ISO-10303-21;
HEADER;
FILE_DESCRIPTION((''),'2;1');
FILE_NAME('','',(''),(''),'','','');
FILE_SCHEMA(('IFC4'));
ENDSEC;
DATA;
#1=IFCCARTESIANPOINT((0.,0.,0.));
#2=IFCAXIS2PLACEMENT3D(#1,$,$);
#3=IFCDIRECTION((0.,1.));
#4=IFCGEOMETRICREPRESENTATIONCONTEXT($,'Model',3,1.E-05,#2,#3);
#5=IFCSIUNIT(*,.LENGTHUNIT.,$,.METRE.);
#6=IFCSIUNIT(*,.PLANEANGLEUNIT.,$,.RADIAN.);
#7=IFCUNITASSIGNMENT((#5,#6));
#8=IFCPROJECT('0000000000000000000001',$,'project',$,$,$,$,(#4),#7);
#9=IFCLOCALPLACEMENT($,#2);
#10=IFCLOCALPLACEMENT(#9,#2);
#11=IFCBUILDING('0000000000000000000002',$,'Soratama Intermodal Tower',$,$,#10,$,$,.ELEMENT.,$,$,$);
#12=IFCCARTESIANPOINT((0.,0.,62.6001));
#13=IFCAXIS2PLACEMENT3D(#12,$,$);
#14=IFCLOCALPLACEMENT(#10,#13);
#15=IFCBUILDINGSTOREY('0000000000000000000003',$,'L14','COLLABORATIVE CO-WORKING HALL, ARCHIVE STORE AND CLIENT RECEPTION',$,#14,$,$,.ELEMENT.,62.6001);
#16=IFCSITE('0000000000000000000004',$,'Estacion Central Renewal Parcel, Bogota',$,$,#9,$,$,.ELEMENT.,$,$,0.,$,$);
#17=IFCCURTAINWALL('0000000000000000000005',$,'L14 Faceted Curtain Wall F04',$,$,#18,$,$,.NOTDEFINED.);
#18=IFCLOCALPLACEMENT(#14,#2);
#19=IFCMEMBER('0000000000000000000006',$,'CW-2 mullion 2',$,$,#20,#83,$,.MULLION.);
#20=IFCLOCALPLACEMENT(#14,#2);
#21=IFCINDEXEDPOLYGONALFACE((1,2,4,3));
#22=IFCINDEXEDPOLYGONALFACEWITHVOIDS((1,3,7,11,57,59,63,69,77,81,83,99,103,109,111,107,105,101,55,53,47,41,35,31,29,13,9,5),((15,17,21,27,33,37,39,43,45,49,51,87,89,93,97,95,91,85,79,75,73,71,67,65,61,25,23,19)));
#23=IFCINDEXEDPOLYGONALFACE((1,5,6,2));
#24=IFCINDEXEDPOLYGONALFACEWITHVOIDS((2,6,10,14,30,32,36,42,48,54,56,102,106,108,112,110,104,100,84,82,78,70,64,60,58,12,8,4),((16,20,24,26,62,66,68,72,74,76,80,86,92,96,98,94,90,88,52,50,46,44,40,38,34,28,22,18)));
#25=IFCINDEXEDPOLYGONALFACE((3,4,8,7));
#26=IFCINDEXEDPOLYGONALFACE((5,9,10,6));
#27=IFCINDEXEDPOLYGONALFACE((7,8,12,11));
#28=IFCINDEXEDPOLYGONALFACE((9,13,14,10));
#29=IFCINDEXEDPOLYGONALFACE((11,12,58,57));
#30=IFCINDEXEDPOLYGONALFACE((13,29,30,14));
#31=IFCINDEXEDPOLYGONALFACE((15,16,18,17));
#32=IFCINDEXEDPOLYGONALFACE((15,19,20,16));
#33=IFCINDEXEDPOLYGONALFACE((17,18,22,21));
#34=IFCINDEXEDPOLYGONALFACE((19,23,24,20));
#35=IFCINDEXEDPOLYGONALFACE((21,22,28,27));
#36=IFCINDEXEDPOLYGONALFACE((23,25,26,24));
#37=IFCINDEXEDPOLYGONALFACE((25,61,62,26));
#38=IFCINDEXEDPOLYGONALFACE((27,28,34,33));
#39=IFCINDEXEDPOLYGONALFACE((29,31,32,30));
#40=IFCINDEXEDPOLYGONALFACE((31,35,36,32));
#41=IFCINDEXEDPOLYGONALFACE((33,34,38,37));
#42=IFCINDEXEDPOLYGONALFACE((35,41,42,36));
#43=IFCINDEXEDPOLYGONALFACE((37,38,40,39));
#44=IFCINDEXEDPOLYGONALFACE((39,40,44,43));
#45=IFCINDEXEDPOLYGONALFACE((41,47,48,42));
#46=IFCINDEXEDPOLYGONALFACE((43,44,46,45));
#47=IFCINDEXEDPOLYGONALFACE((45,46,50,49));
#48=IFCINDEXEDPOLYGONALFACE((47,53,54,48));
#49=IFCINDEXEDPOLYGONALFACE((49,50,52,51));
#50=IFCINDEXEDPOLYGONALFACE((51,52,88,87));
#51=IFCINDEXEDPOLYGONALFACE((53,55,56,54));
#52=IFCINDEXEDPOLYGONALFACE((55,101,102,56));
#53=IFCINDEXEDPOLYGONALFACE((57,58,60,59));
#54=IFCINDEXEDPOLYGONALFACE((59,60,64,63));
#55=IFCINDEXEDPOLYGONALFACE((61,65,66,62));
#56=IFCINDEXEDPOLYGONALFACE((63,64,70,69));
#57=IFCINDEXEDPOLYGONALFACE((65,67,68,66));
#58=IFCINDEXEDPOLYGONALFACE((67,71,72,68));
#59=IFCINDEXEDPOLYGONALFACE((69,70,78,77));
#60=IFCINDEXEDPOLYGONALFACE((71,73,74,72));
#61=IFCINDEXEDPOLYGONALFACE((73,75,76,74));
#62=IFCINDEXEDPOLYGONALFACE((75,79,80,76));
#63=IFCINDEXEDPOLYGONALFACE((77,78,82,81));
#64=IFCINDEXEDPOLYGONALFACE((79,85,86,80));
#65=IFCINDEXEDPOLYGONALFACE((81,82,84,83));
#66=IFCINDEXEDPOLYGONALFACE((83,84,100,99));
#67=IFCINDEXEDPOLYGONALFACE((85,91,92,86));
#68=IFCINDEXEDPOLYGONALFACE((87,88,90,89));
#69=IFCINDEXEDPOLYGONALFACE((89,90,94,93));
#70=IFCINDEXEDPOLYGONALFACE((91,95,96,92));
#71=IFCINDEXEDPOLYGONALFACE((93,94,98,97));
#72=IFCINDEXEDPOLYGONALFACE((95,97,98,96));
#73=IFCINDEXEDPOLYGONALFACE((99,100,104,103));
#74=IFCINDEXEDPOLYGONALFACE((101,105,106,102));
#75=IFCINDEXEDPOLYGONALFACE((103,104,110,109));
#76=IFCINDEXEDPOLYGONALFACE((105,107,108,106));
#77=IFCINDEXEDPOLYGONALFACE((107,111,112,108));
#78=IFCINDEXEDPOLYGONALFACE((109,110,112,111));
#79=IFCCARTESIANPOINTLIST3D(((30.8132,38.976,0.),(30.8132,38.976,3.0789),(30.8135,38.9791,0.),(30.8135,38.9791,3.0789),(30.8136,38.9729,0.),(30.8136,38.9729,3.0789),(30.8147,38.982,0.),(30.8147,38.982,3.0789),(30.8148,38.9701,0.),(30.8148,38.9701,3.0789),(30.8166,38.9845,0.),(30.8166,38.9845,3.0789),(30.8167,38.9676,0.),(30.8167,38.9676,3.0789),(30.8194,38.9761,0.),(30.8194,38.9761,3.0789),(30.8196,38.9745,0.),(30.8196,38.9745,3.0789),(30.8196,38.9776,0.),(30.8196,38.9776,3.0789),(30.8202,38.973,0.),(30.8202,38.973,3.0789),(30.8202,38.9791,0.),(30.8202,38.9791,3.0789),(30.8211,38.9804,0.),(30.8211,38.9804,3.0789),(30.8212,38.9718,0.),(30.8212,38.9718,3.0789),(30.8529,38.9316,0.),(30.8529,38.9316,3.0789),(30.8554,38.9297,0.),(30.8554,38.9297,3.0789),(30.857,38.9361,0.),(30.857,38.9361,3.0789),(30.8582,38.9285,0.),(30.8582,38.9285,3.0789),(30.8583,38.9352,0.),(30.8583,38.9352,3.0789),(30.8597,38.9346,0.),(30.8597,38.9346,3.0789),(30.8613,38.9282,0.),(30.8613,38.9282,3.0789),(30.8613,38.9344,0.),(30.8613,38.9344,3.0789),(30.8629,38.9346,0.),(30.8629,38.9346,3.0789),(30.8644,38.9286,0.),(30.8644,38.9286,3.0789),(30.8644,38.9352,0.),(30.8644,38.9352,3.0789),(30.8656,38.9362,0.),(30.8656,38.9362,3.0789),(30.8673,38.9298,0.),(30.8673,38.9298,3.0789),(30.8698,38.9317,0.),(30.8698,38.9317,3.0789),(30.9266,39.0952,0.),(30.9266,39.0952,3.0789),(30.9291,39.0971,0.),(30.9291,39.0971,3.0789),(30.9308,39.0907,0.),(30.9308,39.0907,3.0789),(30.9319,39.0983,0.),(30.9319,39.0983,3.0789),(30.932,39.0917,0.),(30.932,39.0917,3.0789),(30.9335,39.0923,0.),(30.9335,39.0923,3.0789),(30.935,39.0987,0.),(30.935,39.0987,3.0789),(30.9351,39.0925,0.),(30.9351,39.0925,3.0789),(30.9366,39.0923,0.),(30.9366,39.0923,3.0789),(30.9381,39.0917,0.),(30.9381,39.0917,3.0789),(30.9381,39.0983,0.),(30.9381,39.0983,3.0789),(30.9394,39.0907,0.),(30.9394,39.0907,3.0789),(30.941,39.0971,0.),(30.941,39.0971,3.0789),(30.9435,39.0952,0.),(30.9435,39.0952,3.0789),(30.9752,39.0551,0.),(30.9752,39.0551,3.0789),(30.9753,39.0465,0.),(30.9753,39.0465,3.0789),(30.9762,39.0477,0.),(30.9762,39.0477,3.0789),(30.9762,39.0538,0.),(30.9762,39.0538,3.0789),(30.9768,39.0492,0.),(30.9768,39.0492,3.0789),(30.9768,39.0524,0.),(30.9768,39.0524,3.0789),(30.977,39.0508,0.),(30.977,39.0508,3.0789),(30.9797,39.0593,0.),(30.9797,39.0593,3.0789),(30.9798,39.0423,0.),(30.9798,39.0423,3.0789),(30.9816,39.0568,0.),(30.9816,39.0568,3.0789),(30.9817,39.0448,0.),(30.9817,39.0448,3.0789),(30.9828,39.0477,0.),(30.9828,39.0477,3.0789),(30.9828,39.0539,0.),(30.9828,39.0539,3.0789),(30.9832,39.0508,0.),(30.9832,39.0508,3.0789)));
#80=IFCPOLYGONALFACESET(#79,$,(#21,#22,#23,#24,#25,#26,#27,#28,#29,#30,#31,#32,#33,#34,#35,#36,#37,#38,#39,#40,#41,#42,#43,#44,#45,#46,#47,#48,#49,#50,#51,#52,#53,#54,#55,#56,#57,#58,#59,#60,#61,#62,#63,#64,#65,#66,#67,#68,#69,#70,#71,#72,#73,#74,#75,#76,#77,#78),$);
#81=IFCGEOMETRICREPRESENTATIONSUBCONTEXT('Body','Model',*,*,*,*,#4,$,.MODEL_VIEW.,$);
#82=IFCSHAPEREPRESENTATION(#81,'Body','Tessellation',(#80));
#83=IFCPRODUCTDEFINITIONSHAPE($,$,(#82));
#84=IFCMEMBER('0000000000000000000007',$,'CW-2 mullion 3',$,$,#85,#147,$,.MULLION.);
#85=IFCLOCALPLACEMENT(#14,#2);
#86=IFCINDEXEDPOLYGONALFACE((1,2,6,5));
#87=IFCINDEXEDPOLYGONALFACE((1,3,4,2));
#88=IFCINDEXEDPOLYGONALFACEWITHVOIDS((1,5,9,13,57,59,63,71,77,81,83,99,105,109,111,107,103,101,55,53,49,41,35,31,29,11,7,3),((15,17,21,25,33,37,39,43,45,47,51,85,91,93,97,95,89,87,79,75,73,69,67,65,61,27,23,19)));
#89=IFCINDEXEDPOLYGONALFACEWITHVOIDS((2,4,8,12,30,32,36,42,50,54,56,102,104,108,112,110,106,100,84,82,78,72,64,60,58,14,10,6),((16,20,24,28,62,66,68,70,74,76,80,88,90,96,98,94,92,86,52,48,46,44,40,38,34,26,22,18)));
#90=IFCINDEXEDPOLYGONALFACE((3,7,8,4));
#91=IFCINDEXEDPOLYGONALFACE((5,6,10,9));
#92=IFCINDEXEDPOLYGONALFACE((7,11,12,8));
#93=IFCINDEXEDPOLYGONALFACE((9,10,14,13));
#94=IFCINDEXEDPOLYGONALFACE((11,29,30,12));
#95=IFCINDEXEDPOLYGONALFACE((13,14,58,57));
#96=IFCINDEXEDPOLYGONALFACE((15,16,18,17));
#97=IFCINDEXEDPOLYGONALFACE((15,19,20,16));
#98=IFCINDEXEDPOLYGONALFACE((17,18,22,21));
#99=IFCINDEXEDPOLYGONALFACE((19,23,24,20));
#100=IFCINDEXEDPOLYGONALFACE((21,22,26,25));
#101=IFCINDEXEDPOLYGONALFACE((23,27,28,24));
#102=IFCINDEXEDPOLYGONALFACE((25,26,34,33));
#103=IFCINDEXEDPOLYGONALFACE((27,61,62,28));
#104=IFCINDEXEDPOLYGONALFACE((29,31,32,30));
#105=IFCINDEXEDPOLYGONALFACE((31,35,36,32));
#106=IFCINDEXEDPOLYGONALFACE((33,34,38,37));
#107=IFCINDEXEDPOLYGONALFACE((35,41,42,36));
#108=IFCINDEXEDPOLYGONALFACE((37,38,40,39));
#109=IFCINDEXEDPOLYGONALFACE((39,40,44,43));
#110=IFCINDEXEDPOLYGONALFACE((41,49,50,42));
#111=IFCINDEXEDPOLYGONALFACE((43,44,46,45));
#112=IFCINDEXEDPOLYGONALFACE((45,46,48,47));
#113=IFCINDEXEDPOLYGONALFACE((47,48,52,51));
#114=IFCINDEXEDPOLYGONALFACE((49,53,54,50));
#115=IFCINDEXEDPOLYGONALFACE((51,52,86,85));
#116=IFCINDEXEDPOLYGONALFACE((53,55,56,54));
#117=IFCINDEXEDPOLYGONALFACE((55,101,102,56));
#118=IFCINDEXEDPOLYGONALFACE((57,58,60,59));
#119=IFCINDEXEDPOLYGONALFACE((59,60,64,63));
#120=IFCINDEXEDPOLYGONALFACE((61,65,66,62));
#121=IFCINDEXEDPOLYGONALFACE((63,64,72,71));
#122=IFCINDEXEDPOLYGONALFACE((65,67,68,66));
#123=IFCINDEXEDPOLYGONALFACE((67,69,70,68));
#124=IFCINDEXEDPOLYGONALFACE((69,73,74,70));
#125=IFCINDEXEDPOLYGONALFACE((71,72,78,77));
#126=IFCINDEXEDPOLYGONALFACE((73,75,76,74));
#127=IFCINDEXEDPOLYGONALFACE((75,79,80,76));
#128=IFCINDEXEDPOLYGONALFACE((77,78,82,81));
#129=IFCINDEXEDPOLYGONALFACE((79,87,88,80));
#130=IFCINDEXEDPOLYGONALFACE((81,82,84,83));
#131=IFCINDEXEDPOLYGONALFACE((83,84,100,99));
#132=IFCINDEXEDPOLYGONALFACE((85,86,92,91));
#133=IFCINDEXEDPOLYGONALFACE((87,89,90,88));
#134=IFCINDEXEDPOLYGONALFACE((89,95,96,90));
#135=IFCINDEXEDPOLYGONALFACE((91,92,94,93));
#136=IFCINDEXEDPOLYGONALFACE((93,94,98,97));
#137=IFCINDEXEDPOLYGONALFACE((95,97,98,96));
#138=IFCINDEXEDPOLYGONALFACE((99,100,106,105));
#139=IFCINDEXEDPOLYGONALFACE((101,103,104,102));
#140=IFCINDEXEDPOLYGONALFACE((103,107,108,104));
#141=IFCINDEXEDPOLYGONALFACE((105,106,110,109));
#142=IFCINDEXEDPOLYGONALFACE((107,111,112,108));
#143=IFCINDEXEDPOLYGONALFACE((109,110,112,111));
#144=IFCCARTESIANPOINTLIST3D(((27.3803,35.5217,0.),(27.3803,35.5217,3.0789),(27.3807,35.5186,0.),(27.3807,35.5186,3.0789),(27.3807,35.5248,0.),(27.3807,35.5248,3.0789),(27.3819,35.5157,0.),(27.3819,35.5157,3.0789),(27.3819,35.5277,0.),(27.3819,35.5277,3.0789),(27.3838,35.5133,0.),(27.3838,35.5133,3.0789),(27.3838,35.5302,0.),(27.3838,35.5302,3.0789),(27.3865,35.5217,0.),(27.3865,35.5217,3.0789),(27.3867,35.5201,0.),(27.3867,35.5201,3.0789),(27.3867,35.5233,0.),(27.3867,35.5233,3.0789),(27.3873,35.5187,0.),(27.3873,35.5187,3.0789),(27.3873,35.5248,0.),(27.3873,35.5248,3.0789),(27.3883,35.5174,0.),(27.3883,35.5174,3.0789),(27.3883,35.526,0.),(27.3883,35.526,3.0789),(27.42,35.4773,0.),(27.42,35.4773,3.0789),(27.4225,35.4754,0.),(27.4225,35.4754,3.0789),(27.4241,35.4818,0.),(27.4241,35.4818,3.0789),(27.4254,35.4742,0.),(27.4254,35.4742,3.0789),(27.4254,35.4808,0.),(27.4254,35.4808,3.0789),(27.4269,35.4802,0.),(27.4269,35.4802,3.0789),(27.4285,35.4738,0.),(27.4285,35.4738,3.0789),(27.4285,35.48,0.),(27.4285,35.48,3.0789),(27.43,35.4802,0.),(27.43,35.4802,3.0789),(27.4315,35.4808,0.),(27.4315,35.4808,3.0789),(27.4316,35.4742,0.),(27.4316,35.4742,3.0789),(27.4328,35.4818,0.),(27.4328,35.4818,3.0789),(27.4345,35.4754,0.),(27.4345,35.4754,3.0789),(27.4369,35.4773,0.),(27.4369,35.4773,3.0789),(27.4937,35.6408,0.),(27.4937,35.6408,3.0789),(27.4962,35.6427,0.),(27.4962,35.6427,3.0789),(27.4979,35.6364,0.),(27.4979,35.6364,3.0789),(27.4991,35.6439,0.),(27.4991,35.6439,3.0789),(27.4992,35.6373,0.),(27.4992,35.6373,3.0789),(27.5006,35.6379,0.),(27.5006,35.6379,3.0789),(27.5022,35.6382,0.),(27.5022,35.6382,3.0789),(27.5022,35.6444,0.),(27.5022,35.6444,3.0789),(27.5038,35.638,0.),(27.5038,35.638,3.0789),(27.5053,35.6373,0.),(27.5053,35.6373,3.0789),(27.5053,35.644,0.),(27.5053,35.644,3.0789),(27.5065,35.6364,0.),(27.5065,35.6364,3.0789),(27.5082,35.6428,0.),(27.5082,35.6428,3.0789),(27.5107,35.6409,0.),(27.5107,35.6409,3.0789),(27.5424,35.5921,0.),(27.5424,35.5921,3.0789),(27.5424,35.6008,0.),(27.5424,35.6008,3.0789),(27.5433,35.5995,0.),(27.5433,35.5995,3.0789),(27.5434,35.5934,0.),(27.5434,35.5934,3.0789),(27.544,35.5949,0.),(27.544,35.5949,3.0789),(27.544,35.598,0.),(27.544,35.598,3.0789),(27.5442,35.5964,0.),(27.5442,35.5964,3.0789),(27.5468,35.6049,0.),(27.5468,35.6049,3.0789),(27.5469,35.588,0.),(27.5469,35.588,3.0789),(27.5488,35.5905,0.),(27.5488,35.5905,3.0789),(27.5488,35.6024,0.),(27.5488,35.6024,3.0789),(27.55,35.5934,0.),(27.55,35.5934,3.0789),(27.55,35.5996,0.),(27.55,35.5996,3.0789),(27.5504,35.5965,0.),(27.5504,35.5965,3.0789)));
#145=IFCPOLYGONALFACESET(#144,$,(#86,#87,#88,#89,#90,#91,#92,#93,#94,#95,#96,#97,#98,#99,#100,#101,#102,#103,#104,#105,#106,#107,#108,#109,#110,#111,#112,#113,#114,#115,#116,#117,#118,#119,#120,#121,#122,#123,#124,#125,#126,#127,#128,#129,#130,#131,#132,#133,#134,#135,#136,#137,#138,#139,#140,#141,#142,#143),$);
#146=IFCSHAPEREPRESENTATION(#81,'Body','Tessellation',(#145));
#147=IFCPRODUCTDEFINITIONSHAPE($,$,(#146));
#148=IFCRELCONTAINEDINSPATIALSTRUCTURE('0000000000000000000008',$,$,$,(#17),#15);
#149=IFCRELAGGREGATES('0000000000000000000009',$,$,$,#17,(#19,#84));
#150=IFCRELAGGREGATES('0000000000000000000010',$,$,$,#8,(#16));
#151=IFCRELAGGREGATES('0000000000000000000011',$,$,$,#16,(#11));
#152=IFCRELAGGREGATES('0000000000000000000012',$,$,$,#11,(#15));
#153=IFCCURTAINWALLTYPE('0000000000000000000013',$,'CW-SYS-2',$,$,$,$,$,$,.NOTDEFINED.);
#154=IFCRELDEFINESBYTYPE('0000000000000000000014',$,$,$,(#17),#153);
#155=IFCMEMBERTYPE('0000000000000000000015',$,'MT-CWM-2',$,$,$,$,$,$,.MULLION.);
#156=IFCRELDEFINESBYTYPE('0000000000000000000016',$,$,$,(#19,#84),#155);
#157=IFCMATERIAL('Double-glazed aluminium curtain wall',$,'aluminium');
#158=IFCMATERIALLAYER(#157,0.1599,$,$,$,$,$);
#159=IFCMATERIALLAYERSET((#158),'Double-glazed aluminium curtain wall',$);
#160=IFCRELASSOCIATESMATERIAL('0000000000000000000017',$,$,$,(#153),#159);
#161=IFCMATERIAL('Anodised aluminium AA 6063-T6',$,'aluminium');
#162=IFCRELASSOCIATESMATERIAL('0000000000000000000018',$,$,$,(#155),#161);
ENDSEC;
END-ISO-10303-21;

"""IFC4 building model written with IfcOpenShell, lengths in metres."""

from ifc_helpers import new_model, si_unit, direction, frame, origin, origin_2d, place, context, subcontext, project, spatial, hollow_rectangle, extrude, material, layer, layer_set, material_profile, profile_set, type_object, element, aggregate, save


model = new_model("IFC4")

# Units and contexts
model_context = context("Model", 3, precision=1e-05, world=origin(), true_north=direction((0.0, 1.0)))
body_context = subcontext(model_context, "Body", "Model", "MODEL_VIEW")
ifc_project = project(units=[si_unit("LENGTHUNIT", "METRE"), si_unit("PLANEANGLEUNIT", "RADIAN")], contexts=[model_context])

# Site, building, storey
site_placement = place(None, origin())
site = spatial("IfcSite", under=ifc_project, at=site_placement, Name="Estacion Central Renewal Parcel, Bogota", CompositionType="ELEMENT", RefElevation=0.0)
building_placement = place(site_placement, origin())
building = spatial("IfcBuilding", under=site, at=building_placement, Name="Soratama Intermodal Tower", CompositionType="ELEMENT")
storey_placement = place(building_placement, frame((0.0, 0.0, 62.6001)))
storey = spatial("IfcBuildingStorey", under=building, at=storey_placement, Name="L14", Description="COLLABORATIVE CO-WORKING HALL, ARCHIVE STORE AND CLIENT RECEPTION", CompositionType="ELEMENT", Elevation=62.6001)

# Curtain wall, members
ifc_material_1 = material(Name="Double-glazed aluminium curtain wall", Category="aluminium")
ifc_layer_1 = layer(ifc_material_1, 0.1599)
ifc_layer_set_1 = layer_set([ifc_layer_1], Name="Double-glazed aluminium curtain wall")
curtain_wall_type = type_object("IfcCurtainWallType", Name="CW-SYS-2", PredefinedType="NOTDEFINED", material=ifc_layer_set_1)
curtain_wall_placement = place(storey_placement, origin())
curtain_wall = element("IfcCurtainWall", 1, at=curtain_wall_placement, inside=storey, type_object=curtain_wall_type, Name="L14 Faceted Curtain Wall F04", PredefinedType="NOTDEFINED")
ifc_material_2 = material(Name="Anodised aluminium AA 6063-T6", Category="aluminium")
ifc_material_profile_1 = material_profile(ifc_material_2, hollow_rectangle(XDim=0.075, YDim=0.1799, WallThickness=0.0061, InnerFilletRadius=0.0061, OuterFilletRadius=0.012, at=origin_2d()), Name="CWM180X75X6")
ifc_profile_set_1 = profile_set([ifc_material_profile_1], Name="Anodised aluminium AA 6063-T6")
member_type_1 = type_object("IfcMemberType", Name="MT-CWM-2", PredefinedType="MULLION", material=ifc_profile_set_1)
member_1_placement = place(storey_placement, frame((30.8982, 39.0134, 0.0), z_axis=(0.0, 0.0, 1.0), x_axis=(0.709328, -0.704879, 0.0)))
member_1 = element("IfcMember", 2, at=member_1_placement, type_object=member_type_1, Name="CW-2 mullion 2", PredefinedType="MULLION", context=body_context, shape_type="SweptSolid", body=[
    extrude(hollow_rectangle(XDim=0.075, YDim=0.1799, WallThickness=0.0061, InnerFilletRadius=0.0061, OuterFilletRadius=0.012, at=origin_2d()), origin(), (0.0, 0.0, 1.0), 3.0789),
])
member_2_placement = place(storey_placement, frame((27.4653, 35.5591, 0.0), z_axis=(0.0, 0.0, 1.0), x_axis=(0.709328, -0.704879, 0.0)))
member_2 = element("IfcMember", 3, at=member_2_placement, type_object=member_type_1, Name="CW-2 mullion 3", PredefinedType="MULLION", context=body_context, shape_type="SweptSolid", body=[
    extrude(hollow_rectangle(XDim=0.075, YDim=0.1799, WallThickness=0.0061, InnerFilletRadius=0.0061, OuterFilletRadius=0.012, at=origin_2d()), origin(), (0.0, 0.0, 1.0), 3.0789),
])
aggregate(curtain_wall, [member_1, member_2])

save(model, "model.ifc")
